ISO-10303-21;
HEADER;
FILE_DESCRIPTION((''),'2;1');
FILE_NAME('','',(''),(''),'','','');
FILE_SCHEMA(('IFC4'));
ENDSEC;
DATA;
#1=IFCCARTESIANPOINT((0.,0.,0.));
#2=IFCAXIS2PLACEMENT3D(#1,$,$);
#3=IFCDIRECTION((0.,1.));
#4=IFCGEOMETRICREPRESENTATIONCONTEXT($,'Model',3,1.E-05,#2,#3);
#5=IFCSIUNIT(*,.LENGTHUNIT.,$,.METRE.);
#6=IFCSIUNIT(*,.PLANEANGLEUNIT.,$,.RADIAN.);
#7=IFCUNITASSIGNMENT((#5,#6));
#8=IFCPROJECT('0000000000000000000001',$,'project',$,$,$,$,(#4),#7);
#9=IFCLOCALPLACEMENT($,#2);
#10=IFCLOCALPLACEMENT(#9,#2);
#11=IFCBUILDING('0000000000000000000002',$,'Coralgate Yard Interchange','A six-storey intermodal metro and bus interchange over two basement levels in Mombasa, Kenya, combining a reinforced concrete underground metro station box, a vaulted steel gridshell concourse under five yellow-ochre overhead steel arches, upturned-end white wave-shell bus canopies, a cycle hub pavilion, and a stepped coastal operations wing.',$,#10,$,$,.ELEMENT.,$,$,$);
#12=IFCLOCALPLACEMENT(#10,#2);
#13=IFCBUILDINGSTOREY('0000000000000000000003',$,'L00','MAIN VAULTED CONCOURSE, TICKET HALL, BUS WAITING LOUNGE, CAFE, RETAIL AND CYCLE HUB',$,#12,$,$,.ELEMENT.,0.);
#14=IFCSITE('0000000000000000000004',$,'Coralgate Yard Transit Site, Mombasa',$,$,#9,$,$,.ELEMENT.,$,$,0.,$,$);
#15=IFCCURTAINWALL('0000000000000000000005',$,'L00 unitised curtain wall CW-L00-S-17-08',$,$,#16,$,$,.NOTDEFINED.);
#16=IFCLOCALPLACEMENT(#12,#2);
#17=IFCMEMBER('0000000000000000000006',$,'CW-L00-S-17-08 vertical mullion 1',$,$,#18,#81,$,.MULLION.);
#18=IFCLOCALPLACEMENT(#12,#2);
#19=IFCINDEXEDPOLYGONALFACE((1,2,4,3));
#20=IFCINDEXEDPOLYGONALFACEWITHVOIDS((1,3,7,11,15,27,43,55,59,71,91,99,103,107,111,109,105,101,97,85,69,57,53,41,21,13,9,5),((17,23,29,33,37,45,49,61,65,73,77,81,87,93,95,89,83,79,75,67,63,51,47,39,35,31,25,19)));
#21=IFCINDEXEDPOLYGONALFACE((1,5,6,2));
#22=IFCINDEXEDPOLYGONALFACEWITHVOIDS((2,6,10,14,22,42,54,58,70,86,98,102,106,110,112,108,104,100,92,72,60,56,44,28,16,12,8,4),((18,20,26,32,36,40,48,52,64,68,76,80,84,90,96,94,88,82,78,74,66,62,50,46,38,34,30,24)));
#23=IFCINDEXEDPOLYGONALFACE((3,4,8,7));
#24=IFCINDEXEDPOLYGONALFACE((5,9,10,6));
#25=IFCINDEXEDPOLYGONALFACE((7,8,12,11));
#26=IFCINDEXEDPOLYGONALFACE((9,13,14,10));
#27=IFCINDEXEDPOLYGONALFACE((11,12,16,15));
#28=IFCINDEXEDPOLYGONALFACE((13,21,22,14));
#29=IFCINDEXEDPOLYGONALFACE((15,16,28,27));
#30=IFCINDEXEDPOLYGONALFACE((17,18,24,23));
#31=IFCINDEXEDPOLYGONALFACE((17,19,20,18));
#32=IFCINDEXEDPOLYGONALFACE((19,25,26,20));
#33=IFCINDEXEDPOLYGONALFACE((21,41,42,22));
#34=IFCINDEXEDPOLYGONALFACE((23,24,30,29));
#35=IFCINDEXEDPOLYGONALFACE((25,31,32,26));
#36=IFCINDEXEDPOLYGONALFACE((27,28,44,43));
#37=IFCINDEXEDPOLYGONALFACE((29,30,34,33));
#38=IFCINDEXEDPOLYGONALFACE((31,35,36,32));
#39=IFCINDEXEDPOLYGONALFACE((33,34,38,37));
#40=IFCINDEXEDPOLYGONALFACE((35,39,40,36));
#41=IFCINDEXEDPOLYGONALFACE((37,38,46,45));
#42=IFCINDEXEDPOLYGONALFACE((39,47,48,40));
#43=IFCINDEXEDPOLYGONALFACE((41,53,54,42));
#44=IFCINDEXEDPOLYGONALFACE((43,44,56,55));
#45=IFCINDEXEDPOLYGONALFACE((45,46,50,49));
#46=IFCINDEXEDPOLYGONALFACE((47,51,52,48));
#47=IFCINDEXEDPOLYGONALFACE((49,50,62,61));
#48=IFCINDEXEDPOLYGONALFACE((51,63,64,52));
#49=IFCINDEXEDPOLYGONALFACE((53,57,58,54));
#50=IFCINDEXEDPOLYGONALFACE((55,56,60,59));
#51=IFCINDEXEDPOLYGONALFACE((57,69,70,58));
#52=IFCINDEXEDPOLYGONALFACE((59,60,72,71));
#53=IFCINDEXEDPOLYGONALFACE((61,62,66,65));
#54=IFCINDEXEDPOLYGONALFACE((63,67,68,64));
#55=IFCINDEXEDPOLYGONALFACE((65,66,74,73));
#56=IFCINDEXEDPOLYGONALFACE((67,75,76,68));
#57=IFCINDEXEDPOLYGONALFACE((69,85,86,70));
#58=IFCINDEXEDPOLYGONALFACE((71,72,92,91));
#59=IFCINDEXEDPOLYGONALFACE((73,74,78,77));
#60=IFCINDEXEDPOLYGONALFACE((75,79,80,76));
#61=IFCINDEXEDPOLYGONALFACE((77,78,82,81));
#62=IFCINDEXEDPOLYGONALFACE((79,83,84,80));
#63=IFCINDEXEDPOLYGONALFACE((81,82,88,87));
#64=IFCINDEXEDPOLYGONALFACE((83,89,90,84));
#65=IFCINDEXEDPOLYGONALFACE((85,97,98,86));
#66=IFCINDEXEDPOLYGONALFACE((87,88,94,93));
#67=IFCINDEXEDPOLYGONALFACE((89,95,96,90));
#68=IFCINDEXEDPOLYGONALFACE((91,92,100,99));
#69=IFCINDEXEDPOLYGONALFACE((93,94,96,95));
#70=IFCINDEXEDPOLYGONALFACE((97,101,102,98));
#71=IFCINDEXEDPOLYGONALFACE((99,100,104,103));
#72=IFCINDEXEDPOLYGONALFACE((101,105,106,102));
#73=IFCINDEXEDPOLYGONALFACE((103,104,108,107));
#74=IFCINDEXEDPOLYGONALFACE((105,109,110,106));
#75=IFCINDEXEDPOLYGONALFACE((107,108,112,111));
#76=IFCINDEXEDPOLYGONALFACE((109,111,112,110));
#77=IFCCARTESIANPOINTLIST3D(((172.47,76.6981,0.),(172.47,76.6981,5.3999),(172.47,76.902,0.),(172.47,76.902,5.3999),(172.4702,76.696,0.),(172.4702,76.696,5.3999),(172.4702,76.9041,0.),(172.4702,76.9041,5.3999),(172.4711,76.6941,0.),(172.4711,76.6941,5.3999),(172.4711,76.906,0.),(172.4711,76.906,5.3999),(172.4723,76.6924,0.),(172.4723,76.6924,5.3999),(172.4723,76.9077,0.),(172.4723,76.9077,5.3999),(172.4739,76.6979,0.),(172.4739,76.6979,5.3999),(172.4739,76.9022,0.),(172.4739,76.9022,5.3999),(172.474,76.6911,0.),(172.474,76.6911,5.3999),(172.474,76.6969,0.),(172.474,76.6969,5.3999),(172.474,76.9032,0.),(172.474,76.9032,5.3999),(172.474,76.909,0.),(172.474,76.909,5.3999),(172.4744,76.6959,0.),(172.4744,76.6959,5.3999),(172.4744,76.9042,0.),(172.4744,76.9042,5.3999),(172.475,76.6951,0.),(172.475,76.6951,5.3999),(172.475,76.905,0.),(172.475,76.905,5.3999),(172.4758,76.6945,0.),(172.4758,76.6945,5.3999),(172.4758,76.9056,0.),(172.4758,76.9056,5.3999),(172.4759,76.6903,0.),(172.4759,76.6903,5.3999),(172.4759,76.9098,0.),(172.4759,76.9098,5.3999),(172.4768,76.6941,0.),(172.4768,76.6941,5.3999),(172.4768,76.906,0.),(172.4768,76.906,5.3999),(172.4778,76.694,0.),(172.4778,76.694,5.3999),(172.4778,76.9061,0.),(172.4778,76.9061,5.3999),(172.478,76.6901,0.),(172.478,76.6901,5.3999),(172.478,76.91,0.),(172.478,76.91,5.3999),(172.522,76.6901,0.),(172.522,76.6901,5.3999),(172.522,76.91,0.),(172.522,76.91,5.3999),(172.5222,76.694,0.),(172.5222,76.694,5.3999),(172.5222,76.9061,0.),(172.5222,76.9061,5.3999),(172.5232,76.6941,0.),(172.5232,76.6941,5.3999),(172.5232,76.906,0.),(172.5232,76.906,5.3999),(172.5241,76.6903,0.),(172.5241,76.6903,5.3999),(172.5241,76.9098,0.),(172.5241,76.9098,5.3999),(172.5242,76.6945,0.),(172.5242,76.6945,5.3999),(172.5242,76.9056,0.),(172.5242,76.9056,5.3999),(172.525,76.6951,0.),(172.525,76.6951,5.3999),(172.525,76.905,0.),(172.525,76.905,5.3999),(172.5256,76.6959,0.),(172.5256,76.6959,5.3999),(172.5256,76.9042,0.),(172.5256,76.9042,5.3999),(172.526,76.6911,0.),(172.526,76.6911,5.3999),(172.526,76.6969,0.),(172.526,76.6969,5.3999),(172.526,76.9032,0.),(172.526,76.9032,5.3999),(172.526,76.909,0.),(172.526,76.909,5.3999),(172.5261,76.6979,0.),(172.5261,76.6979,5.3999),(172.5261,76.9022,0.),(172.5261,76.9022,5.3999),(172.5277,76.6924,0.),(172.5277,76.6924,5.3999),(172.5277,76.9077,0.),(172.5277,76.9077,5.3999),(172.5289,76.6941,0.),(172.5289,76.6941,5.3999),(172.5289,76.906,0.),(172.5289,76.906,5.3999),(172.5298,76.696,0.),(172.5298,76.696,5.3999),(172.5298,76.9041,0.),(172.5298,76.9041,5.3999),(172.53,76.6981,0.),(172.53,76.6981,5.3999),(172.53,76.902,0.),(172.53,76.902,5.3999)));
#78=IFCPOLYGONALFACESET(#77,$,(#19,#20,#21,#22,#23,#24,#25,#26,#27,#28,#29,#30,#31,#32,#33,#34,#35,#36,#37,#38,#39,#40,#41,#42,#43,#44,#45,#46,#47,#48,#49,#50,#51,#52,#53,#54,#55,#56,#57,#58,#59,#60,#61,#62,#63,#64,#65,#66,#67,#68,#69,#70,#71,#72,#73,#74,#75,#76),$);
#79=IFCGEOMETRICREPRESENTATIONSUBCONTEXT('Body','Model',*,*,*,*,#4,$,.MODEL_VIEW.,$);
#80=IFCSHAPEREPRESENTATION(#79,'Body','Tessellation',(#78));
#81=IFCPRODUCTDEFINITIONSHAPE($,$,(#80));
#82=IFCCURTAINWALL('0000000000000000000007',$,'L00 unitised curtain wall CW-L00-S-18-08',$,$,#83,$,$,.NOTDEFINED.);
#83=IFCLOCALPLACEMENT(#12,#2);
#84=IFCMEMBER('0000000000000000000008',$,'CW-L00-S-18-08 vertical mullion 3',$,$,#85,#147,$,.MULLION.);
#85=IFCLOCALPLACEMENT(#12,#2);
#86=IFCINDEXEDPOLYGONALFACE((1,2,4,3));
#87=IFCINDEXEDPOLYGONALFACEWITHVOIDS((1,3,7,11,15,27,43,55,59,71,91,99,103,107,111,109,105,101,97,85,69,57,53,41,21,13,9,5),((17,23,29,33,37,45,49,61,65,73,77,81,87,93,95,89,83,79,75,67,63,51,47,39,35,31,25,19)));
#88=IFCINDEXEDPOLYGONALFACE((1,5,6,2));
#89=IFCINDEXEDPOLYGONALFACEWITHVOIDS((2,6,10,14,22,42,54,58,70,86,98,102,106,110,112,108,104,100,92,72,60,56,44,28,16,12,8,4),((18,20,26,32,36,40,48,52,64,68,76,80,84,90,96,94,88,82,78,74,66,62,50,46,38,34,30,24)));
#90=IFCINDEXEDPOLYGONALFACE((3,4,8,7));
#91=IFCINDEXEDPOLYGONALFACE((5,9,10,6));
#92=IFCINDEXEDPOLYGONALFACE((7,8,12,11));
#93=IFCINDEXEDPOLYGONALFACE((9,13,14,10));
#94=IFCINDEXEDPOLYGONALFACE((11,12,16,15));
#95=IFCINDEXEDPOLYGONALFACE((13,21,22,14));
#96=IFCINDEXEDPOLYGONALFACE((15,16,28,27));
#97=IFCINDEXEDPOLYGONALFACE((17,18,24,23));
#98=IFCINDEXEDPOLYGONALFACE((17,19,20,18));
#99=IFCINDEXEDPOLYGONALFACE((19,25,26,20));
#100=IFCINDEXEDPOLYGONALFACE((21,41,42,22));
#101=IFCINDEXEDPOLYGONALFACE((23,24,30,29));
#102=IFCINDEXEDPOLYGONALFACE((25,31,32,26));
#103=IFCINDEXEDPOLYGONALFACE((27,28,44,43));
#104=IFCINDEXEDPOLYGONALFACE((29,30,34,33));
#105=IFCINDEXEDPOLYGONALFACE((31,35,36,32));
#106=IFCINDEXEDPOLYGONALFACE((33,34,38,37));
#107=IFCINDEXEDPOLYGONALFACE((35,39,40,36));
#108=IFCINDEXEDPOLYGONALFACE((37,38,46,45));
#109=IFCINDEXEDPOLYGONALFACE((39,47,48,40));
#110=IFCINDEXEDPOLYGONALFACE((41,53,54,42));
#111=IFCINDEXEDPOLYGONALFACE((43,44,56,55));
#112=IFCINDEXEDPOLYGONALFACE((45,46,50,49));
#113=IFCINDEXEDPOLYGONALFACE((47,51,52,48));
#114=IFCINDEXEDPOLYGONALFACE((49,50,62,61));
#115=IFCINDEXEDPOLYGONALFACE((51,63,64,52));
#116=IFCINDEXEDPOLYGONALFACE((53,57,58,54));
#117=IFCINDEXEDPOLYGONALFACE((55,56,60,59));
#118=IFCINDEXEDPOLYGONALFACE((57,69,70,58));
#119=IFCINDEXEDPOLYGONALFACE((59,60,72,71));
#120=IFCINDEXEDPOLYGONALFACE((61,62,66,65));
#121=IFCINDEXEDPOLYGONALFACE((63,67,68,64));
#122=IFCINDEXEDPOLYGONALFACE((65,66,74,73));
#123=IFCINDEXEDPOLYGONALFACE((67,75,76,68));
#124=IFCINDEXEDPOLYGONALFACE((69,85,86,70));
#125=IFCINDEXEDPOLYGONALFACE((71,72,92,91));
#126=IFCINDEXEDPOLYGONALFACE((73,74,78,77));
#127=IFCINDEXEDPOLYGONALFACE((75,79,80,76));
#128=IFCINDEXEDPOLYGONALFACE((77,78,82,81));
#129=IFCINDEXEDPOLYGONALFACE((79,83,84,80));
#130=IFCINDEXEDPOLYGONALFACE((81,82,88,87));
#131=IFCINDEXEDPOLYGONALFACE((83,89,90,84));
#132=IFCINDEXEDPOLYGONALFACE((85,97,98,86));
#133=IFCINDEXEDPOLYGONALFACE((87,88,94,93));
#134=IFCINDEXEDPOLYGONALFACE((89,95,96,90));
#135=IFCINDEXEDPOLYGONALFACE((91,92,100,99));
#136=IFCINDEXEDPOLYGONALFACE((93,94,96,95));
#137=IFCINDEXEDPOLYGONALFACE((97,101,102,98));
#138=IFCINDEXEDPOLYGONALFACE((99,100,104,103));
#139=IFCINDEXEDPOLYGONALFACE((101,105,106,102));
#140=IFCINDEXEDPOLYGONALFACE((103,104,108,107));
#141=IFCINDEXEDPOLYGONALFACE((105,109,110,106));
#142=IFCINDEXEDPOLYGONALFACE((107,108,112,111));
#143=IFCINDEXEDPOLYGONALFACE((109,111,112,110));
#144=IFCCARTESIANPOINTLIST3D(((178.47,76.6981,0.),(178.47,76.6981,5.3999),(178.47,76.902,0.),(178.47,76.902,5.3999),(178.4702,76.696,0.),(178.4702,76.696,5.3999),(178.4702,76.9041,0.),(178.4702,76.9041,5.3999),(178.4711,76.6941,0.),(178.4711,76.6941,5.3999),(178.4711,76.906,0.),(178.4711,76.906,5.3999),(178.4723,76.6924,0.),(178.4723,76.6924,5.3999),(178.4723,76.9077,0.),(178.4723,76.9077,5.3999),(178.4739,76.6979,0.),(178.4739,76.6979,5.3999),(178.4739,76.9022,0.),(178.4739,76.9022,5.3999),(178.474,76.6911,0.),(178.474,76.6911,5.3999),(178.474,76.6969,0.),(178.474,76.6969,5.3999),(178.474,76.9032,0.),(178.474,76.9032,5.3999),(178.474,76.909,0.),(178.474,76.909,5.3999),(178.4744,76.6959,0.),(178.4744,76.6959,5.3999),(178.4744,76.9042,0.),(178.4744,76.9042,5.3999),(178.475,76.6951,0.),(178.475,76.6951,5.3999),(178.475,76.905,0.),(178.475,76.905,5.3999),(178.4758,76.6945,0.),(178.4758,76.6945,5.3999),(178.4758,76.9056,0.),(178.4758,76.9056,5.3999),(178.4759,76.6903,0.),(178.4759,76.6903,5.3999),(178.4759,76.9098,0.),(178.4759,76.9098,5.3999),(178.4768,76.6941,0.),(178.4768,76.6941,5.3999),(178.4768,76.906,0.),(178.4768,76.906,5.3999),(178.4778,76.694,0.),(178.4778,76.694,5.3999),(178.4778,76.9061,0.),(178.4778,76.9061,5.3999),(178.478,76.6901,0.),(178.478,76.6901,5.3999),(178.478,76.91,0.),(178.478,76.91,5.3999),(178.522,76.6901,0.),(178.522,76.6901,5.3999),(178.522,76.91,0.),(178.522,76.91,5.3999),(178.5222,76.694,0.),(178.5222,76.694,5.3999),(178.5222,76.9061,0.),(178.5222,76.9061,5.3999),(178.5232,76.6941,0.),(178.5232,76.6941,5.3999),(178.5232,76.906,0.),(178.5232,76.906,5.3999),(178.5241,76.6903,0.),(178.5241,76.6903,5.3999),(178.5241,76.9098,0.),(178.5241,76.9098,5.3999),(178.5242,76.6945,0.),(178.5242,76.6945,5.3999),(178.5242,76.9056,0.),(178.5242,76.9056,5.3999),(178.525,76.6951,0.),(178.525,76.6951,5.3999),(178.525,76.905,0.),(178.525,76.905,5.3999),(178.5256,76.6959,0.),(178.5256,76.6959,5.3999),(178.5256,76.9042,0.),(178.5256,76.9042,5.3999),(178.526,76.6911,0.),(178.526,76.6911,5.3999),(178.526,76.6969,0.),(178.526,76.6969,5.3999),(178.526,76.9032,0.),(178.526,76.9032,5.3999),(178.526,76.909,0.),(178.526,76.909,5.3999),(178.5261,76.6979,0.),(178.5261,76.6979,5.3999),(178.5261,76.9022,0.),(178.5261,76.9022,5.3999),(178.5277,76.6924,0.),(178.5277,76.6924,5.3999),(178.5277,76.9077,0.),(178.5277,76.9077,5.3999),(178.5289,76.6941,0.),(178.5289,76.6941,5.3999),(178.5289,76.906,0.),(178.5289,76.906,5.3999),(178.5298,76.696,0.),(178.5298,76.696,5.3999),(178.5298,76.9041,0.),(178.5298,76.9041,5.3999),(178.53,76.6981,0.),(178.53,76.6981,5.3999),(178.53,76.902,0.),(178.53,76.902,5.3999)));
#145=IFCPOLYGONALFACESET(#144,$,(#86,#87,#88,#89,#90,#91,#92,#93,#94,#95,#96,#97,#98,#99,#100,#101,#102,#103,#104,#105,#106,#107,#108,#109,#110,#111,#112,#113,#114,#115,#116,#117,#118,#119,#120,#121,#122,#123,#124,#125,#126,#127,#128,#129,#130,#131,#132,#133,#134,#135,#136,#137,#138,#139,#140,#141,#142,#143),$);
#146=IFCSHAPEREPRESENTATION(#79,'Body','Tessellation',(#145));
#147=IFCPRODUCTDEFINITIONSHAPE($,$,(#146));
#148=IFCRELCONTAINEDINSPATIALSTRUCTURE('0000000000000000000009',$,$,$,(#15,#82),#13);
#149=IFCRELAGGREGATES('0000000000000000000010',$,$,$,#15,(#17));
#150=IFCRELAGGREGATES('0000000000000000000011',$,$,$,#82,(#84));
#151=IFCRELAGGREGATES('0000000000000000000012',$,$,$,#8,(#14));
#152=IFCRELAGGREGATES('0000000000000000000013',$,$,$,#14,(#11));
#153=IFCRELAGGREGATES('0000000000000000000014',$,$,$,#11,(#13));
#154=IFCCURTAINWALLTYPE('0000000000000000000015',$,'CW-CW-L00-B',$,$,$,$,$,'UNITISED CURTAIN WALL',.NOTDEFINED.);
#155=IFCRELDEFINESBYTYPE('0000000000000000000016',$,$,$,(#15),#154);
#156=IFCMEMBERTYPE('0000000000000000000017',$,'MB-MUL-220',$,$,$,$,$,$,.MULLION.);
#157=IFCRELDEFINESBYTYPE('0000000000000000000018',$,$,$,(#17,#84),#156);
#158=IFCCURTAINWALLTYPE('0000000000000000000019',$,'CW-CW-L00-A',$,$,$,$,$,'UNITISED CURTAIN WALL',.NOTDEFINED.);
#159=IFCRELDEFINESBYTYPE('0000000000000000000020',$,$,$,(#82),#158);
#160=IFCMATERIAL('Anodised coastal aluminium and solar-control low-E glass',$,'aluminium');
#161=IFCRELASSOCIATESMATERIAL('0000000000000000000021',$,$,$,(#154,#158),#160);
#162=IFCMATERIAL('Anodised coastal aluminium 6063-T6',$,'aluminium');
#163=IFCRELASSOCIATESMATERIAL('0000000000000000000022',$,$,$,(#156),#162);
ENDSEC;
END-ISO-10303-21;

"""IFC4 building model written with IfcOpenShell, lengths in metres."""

from ifc_helpers import new_model, si_unit, direction, frame, origin, origin_2d, place, context, subcontext, project, spatial, hollow_rectangle, extrude, material, material_profile, profile_set, type_object, element, aggregate, save


model = new_model("IFC4")

# Units and contexts
model_context = context("Model", 3, precision=1e-05, world=origin(), true_north=direction((0.0, 1.0)))
body_context = subcontext(model_context, "Body", "Model", "MODEL_VIEW")
ifc_project = project(units=[si_unit("LENGTHUNIT", "METRE"), si_unit("PLANEANGLEUNIT", "RADIAN")], contexts=[model_context])

# Site, building, storey
site_placement = place(None, origin())
site = spatial("IfcSite", under=ifc_project, at=site_placement, Name="Coralgate Yard Transit Site, Mombasa", CompositionType="ELEMENT", RefElevation=0.0)
building_placement = place(site_placement, origin())
building = spatial("IfcBuilding", under=site, at=building_placement, Name="Coralgate Yard Interchange", Description="A six-storey intermodal metro and bus interchange over two basement levels in Mombasa, Kenya, combining a reinforced concrete underground metro station box, a vaulted steel gridshell concourse under five yellow-ochre overhead steel arches, upturned-end white wave-shell bus canopies, a cycle hub pavilion, and a stepped coastal operations wing.", CompositionType="ELEMENT")
storey_placement = place(building_placement, origin())
storey = spatial("IfcBuildingStorey", under=building, at=storey_placement, Name="L00", Description="MAIN VAULTED CONCOURSE, TICKET HALL, BUS WAITING LOUNGE, CAFE, RETAIL AND CYCLE HUB", CompositionType="ELEMENT", Elevation=0.0)

# Curtain wall, member
ifc_material_1 = material(Name="Anodised coastal aluminium and solar-control low-E glass", Category="aluminium")
curtain_wall_type_1 = type_object("IfcCurtainWallType", Name="CW-CW-L00-B", ElementType="UNITISED CURTAIN WALL", PredefinedType="NOTDEFINED", material=ifc_material_1)
curtain_wall_1_placement = place(storey_placement, origin())
curtain_wall_1 = element("IfcCurtainWall", 1, at=curtain_wall_1_placement, inside=storey, type_object=curtain_wall_type_1, Name="L00 unitised curtain wall CW-L00-S-17-08", PredefinedType="NOTDEFINED")
ifc_material_2 = material(Name="Anodised coastal aluminium 6063-T6", Category="aluminium")
ifc_material_profile_1 = material_profile(ifc_material_2, hollow_rectangle(XDim=0.0601, YDim=0.22, WallThickness=0.0039, InnerFilletRadius=0.0039, OuterFilletRadius=0.0081, at=origin_2d()), Name="ALU 60x220x4")
ifc_profile_set_1 = profile_set([ifc_material_profile_1], Name="Anodised coastal aluminium 6063-T6")
member_type_1 = type_object("IfcMemberType", Name="MB-MUL-220", PredefinedType="MULLION", material=ifc_profile_set_1)
member_1_placement = place(storey_placement, frame((172.5, 76.8, 0.0), z_axis=(0.0, 0.0, 1.0), x_axis=(1.0, 0.0, 0.0)))
member_1 = element("IfcMember", 2, at=member_1_placement, type_object=member_type_1, Name="CW-L00-S-17-08 vertical mullion 1", PredefinedType="MULLION", context=body_context, shape_type="SweptSolid", body=[
    extrude(hollow_rectangle(XDim=0.0601, YDim=0.22, WallThickness=0.0039, InnerFilletRadius=0.0039, OuterFilletRadius=0.0081, at=origin_2d()), origin(), (0.0, 0.0, 1.0), 5.3999),
])
aggregate(curtain_wall_1, [member_1])

# Curtain wall, member
curtain_wall_type_2 = type_object("IfcCurtainWallType", Name="CW-CW-L00-A", ElementType="UNITISED CURTAIN WALL", PredefinedType="NOTDEFINED", material=ifc_material_1)
curtain_wall_2_placement = place(storey_placement, origin())
curtain_wall_2 = element("IfcCurtainWall", 3, at=curtain_wall_2_placement, inside=storey, type_object=curtain_wall_type_2, Name="L00 unitised curtain wall CW-L00-S-18-08", PredefinedType="NOTDEFINED")
member_2_placement = place(storey_placement, frame((178.5, 76.8, 0.0), z_axis=(0.0, 0.0, 1.0), x_axis=(1.0, 0.0, 0.0)))
member_2 = element("IfcMember", 4, at=member_2_placement, type_object=member_type_1, Name="CW-L00-S-18-08 vertical mullion 3", PredefinedType="MULLION", context=body_context, shape_type="SweptSolid", body=[
    extrude(hollow_rectangle(XDim=0.0601, YDim=0.22, WallThickness=0.0039, InnerFilletRadius=0.0039, OuterFilletRadius=0.0081, at=origin_2d()), origin(), (0.0, 0.0, 1.0), 5.3999),
])
aggregate(curtain_wall_2, [member_2])

save(model, "model.ifc")
